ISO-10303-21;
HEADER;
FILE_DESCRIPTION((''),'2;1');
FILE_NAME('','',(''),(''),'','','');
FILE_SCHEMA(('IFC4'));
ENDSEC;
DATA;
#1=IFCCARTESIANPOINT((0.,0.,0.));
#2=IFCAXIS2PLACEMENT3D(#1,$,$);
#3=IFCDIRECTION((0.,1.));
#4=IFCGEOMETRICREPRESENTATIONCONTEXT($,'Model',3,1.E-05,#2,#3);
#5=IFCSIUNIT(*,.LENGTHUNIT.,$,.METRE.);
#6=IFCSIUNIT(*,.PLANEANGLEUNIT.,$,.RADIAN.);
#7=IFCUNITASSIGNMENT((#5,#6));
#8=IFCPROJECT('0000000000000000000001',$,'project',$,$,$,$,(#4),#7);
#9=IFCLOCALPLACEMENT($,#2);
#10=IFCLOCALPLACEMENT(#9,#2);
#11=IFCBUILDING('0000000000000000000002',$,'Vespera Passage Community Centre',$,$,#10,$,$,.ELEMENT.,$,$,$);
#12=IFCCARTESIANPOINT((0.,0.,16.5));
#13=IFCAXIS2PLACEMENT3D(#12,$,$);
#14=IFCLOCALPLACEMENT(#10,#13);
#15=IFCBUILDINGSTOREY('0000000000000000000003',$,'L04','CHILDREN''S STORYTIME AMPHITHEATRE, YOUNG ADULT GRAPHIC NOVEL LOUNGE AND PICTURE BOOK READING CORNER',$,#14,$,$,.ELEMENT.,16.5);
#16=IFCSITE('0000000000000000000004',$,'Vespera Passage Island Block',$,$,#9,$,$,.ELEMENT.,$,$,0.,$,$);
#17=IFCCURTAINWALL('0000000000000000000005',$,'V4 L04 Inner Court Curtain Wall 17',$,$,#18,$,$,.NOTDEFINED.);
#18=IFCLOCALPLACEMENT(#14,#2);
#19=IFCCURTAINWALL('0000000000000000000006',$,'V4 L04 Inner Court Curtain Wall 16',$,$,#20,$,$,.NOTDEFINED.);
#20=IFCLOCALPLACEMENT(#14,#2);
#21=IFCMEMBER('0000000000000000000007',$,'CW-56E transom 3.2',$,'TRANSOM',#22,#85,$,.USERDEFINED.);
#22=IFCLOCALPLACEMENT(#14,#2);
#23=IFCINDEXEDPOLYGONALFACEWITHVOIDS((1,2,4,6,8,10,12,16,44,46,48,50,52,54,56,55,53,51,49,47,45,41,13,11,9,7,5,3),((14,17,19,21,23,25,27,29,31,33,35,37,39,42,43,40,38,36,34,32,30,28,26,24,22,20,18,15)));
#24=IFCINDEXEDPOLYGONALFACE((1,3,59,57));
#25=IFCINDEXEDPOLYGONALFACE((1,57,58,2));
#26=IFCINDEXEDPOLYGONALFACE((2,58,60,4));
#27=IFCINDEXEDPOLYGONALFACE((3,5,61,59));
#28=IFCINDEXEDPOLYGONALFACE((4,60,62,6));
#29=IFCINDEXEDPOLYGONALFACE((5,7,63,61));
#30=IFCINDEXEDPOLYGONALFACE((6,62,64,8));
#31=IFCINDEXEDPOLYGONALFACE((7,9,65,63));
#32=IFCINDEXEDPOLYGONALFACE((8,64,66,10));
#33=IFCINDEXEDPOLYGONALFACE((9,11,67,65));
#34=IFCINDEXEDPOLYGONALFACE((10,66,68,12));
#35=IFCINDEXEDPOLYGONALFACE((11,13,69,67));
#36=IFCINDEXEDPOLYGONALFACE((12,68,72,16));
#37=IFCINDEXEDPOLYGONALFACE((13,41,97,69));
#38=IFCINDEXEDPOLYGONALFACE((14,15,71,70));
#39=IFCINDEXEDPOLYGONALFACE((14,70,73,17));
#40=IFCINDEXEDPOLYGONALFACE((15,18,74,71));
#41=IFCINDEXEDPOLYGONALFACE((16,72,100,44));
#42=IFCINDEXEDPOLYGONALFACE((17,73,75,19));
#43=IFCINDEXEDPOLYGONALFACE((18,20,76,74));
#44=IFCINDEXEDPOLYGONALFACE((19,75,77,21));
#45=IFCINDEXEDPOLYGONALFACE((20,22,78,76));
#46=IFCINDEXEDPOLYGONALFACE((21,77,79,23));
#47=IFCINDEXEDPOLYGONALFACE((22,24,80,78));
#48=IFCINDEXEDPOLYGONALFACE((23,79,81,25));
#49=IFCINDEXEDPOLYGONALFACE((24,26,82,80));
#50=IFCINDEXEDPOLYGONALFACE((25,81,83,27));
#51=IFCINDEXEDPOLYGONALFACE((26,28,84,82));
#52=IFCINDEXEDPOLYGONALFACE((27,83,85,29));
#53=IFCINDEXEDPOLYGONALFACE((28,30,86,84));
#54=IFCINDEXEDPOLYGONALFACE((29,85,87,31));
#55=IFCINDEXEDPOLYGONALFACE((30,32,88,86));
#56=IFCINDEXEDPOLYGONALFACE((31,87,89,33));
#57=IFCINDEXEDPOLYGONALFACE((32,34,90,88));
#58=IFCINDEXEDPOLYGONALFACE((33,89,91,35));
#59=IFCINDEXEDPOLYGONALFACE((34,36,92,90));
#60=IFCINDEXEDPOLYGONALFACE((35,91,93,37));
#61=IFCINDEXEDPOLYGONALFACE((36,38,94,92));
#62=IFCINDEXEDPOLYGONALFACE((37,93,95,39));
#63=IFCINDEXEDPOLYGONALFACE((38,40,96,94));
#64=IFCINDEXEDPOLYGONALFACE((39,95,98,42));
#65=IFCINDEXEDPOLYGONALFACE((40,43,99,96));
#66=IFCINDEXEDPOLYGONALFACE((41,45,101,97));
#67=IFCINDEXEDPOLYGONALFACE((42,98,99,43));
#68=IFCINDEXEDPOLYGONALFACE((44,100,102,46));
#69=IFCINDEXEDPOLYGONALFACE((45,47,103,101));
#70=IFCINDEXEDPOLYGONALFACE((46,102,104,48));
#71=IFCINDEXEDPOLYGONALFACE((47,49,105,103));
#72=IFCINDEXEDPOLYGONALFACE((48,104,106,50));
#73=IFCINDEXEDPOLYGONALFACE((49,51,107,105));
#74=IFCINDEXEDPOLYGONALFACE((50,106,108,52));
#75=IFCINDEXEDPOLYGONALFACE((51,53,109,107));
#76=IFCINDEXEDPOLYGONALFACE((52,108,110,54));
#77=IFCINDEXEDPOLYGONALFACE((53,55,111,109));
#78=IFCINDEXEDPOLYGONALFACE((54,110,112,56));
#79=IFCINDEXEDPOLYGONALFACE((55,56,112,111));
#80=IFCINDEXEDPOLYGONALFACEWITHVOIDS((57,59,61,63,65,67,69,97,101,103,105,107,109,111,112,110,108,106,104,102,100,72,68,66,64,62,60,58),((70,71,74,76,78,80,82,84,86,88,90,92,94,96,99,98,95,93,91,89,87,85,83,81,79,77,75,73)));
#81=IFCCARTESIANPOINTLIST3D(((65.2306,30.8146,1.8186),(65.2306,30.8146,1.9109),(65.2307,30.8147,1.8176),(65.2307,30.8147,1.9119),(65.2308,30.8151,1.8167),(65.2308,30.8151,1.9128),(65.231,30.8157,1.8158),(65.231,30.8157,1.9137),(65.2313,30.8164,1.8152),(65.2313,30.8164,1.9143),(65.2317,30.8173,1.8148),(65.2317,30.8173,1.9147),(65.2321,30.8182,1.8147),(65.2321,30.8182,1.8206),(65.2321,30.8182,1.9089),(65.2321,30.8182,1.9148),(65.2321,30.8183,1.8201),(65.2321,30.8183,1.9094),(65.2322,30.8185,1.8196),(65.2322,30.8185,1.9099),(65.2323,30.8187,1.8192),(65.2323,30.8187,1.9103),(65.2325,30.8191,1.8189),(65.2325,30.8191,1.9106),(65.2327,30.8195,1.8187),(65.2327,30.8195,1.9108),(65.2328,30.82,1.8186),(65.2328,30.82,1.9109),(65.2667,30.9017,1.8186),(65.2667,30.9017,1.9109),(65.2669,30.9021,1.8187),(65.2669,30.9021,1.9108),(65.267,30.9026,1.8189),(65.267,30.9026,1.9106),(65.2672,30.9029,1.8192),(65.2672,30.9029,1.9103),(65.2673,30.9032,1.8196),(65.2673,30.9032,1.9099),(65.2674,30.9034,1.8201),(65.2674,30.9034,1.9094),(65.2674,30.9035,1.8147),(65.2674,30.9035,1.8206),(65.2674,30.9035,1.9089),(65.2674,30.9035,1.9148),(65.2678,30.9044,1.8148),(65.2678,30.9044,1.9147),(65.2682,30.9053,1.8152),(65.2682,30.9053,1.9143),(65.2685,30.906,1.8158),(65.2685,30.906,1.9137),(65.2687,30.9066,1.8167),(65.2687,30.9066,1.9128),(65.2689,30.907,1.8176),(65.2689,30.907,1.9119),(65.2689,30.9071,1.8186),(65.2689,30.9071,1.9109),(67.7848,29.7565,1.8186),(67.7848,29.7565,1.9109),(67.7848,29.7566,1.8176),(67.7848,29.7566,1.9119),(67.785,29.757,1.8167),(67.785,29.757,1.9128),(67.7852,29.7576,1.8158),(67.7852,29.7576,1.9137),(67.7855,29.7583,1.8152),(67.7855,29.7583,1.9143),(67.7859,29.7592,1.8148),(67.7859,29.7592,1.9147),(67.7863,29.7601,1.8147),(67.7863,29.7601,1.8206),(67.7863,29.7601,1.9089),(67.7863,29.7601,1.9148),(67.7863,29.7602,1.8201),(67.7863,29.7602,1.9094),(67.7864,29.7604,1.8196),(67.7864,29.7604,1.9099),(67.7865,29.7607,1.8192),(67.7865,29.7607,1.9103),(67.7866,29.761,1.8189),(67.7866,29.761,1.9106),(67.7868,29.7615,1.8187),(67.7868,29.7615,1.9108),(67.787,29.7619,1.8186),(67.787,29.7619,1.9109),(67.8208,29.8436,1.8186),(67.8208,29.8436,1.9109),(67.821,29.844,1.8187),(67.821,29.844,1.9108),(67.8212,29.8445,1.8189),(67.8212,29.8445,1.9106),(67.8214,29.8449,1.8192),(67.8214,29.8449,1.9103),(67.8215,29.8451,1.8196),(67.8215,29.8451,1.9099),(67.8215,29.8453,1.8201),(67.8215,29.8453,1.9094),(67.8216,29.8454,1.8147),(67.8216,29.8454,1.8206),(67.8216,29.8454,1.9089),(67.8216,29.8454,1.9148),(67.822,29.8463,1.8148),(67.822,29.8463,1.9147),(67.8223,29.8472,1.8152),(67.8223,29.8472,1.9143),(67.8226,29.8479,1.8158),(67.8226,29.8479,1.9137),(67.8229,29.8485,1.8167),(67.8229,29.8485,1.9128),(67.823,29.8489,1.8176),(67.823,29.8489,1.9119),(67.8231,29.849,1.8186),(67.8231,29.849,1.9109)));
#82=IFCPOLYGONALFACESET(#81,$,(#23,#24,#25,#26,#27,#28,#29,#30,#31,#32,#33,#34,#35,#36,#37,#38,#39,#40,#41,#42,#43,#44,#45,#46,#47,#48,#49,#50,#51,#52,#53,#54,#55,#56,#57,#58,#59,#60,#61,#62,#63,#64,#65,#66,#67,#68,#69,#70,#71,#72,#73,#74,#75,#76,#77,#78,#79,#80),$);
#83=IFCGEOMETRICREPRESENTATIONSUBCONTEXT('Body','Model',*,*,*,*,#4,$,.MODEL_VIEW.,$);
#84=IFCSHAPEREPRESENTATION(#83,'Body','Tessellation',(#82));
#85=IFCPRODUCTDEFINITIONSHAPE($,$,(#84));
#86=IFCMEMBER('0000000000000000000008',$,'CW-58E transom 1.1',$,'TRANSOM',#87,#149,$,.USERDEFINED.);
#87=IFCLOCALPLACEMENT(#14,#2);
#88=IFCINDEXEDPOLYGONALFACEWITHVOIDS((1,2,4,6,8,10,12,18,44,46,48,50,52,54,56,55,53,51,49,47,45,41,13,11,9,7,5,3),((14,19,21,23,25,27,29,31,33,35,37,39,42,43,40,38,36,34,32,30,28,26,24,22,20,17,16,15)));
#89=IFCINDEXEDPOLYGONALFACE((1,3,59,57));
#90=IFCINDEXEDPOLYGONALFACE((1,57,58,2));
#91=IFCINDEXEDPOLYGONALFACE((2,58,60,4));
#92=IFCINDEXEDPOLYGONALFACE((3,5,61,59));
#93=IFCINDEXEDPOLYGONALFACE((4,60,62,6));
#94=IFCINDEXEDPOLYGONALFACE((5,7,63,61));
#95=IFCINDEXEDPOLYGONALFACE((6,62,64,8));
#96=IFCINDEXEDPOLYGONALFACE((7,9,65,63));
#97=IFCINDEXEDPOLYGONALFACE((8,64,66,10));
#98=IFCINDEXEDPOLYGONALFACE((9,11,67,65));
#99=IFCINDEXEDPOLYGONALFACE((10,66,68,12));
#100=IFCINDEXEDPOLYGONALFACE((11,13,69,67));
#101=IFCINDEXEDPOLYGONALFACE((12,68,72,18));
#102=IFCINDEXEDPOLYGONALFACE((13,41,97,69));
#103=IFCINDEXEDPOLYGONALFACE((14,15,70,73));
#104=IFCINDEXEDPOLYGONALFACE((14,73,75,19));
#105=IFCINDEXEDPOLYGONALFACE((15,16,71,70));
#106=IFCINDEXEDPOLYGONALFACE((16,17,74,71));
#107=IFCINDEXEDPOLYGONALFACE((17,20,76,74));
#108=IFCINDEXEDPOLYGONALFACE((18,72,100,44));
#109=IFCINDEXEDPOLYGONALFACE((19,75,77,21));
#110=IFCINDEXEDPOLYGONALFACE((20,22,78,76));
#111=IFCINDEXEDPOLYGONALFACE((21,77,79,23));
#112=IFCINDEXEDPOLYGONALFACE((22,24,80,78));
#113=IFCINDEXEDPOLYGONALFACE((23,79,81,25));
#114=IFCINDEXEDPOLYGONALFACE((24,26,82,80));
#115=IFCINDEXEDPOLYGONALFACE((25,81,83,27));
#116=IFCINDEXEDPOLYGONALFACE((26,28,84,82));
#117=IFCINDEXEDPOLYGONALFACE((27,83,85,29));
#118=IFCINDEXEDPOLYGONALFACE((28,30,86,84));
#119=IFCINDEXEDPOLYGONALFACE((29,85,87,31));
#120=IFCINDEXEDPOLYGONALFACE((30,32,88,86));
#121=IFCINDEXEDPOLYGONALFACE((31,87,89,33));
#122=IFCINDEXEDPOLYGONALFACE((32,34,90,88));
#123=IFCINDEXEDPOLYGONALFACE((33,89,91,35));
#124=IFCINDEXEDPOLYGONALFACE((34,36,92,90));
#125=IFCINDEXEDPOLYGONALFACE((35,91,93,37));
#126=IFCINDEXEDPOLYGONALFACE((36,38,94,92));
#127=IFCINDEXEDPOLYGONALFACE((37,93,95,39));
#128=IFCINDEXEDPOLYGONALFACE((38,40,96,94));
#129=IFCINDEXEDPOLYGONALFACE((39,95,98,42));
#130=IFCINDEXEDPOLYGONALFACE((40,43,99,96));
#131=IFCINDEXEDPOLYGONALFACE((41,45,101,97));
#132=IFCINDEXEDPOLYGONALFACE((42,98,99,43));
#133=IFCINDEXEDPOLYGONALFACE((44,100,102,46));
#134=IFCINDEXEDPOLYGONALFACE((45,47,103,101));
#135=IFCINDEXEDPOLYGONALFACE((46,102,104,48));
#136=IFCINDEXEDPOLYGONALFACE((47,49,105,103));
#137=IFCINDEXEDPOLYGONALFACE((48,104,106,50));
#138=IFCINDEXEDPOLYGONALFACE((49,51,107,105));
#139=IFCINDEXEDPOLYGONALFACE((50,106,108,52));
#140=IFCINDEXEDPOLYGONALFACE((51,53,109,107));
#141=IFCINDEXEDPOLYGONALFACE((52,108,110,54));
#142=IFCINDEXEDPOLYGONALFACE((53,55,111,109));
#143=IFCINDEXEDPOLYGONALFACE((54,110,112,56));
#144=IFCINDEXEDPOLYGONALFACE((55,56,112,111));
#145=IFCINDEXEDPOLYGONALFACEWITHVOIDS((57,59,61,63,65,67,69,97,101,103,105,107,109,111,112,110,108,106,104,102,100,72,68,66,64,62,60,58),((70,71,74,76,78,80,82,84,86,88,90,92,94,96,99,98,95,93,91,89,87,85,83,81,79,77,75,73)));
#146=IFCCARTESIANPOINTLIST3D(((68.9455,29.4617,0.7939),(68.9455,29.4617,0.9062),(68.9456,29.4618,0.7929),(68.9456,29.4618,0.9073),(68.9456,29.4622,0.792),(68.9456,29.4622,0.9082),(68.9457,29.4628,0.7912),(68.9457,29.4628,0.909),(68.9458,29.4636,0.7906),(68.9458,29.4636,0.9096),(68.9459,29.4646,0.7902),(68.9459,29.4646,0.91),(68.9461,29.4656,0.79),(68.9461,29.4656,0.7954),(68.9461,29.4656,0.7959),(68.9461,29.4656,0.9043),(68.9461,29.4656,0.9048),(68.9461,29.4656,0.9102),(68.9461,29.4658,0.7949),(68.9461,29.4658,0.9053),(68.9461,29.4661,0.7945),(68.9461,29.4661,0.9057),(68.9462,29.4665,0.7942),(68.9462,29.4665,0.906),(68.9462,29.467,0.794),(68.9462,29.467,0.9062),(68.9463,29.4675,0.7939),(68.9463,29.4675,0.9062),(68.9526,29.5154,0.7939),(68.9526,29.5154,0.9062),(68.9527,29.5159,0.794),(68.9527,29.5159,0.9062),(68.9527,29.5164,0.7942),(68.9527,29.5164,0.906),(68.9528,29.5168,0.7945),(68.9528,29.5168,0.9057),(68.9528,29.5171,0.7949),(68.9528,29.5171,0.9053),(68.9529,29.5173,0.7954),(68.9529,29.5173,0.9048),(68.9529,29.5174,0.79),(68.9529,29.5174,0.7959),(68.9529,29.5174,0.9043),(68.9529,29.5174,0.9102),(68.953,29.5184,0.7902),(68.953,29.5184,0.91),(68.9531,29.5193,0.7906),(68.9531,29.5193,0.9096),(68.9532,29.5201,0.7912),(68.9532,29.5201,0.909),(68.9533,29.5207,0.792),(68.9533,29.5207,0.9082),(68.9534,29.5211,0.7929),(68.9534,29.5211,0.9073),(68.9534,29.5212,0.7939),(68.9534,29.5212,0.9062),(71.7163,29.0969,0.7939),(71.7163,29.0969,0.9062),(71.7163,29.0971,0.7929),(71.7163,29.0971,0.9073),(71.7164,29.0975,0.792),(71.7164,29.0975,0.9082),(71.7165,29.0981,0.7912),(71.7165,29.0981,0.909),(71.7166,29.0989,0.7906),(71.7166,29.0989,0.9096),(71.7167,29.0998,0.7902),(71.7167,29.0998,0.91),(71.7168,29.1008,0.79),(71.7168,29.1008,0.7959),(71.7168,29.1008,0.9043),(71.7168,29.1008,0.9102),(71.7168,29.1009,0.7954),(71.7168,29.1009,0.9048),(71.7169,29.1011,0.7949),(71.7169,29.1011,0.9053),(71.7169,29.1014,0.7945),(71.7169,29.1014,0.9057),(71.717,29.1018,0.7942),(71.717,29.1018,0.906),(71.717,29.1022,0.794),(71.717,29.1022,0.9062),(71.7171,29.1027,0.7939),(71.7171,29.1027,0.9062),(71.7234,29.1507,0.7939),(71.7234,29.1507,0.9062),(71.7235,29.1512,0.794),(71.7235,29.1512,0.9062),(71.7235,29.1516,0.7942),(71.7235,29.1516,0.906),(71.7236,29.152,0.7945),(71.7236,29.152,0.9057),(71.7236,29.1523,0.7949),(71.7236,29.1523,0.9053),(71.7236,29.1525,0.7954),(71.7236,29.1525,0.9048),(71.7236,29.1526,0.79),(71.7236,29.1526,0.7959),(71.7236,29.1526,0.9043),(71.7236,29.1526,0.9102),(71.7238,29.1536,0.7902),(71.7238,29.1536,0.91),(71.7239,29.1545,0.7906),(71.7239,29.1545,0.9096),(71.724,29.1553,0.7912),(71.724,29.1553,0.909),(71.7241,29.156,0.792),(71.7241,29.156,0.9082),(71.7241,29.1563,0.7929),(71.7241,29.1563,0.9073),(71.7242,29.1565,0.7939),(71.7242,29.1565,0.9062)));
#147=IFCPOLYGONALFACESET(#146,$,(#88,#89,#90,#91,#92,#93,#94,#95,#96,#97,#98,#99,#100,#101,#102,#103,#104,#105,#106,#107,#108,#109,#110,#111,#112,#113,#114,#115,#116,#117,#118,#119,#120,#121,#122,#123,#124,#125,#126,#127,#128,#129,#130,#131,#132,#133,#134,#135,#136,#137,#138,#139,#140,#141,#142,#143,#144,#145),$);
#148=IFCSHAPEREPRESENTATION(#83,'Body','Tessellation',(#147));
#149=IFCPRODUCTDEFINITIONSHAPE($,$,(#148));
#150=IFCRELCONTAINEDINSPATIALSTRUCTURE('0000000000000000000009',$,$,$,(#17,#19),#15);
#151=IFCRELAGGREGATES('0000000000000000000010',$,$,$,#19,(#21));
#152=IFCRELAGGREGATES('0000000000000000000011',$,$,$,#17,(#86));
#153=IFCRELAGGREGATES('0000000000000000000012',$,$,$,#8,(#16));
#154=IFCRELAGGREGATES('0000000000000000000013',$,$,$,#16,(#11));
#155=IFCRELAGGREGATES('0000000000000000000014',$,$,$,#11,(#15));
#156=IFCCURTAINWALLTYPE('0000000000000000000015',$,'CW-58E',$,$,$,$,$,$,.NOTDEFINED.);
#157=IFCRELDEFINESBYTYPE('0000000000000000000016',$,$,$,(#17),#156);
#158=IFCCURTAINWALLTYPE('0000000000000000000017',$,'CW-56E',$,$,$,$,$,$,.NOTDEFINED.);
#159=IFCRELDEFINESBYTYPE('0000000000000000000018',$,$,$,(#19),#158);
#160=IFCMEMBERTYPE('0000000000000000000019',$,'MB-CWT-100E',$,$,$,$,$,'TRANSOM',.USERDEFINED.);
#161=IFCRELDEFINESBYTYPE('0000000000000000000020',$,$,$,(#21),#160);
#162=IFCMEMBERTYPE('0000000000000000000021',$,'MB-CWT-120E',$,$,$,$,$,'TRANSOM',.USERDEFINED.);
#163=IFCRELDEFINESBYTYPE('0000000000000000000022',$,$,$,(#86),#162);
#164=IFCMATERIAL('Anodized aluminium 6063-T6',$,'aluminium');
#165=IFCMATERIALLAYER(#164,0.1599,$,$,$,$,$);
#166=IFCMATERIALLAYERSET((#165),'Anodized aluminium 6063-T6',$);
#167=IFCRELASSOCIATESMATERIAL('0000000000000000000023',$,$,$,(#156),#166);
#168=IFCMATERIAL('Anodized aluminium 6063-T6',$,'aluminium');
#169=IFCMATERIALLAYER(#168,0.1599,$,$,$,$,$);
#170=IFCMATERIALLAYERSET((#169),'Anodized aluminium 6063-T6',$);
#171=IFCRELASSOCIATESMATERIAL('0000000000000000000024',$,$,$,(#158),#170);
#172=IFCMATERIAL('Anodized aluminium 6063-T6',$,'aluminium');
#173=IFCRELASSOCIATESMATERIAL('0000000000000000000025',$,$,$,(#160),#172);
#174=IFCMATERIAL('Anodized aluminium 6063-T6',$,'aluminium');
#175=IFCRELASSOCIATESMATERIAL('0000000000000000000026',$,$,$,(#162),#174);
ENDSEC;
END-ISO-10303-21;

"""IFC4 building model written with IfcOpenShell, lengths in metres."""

from ifc_helpers import new_model, si_unit, direction, frame, origin, origin_2d, place, context, subcontext, project, spatial, hollow_rectangle, extrude, material, layer, layer_set, material_profile, profile_set, type_object, element, aggregate, save


model = new_model("IFC4")

# Units and contexts
model_context = context("Model", 3, precision=1e-05, world=origin(), true_north=direction((0.0, 1.0)))
body_context = subcontext(model_context, "Body", "Model", "MODEL_VIEW")
ifc_project = project(units=[si_unit("LENGTHUNIT", "METRE"), si_unit("PLANEANGLEUNIT", "RADIAN")], contexts=[model_context])

# Site, building, storey
site_placement = place(None, origin())
site = spatial("IfcSite", under=ifc_project, at=site_placement, Name="Vespera Passage Island Block", CompositionType="ELEMENT", RefElevation=0.0)
building_placement = place(site_placement, origin())
building = spatial("IfcBuilding", under=site, at=building_placement, Name="Vespera Passage Community Centre", CompositionType="ELEMENT")
storey_placement = place(building_placement, frame((0.0, 0.0, 16.5)))
storey = spatial("IfcBuildingStorey", under=building, at=storey_placement, Name="L04", Description="CHILDREN'S STORYTIME AMPHITHEATRE, YOUNG ADULT GRAPHIC NOVEL LOUNGE AND PICTURE BOOK READING CORNER", CompositionType="ELEMENT", Elevation=16.5)

# Curtain walls, member
ifc_material_1 = material(Name="Anodized aluminium 6063-T6", Category="aluminium")
ifc_layer_1 = layer(ifc_material_1, 0.1599)
ifc_layer_set_1 = layer_set([ifc_layer_1], Name="Anodized aluminium 6063-T6")
curtain_wall_type_1 = type_object("IfcCurtainWallType", Name="CW-58E", PredefinedType="NOTDEFINED", material=ifc_layer_set_1)
curtain_wall_1_placement = place(storey_placement, origin())
curtain_wall_1 = element("IfcCurtainWall", 1, at=curtain_wall_1_placement, inside=storey, type_object=curtain_wall_type_1, Name="V4 L04 Inner Court Curtain Wall 17", PredefinedType="NOTDEFINED")
ifc_material_2 = material(Name="Anodized aluminium 6063-T6", Category="aluminium")
ifc_layer_2 = layer(ifc_material_2, 0.1599)
ifc_layer_set_2 = layer_set([ifc_layer_2], Name="Anodized aluminium 6063-T6")
curtain_wall_type_2 = type_object("IfcCurtainWallType", Name="CW-56E", PredefinedType="NOTDEFINED", material=ifc_layer_set_2)
curtain_wall_2_placement = place(storey_placement, origin())
curtain_wall_2 = element("IfcCurtainWall", 2, at=curtain_wall_2_placement, inside=storey, type_object=curtain_wall_type_2, Name="V4 L04 Inner Court Curtain Wall 16", PredefinedType="NOTDEFINED")
ifc_material_3 = material(Name="Anodized aluminium 6063-T6", Category="aluminium")
ifc_material_profile_1 = material_profile(ifc_material_3, hollow_rectangle(XDim=0.1001, YDim=0.1001, WallThickness=0.0039, InnerFilletRadius=0.002, OuterFilletRadius=0.0039, at=origin_2d()), Name="ALU100X100X4")
ifc_profile_set_1 = profile_set([ifc_material_profile_1], Name="Anodized aluminium 6063-T6")
member_type_1 = type_object("IfcMemberType", Name="MB-CWT-100E", ElementType="TRANSOM", PredefinedType="USERDEFINED", material=ifc_profile_set_1)
member_1_placement = place(storey_placement, frame((65.2498, 30.8608, 1.8647), z_axis=(0.923864, -0.382721, 0.0), x_axis=(0.382721, 0.923864, 0.0)))
member_1 = element("IfcMember", 3, at=member_1_placement, type_object=member_type_1, Name="CW-56E transom 3.2", ObjectType="TRANSOM", PredefinedType="USERDEFINED", context=body_context, shape_type="SweptSolid", body=[
    extrude(hollow_rectangle(XDim=0.1001, YDim=0.1001, WallThickness=0.0039, InnerFilletRadius=0.002, OuterFilletRadius=0.0039, at=origin_2d()), origin(), (0.0, 0.0, 1.0), 2.7646),
])

# Member
ifc_material_4 = material(Name="Anodized aluminium 6063-T6", Category="aluminium")
ifc_material_profile_2 = material_profile(ifc_material_4, hollow_rectangle(XDim=0.0601, YDim=0.1201, WallThickness=0.0039, InnerFilletRadius=0.002, OuterFilletRadius=0.0039, at=origin_2d()), Name="ALU120X60X4")
ifc_profile_set_2 = profile_set([ifc_material_profile_2], Name="Anodized aluminium 6063-T6")
member_type_2 = type_object("IfcMemberType", Name="MB-CWT-120E", ElementType="TRANSOM", PredefinedType="USERDEFINED", material=ifc_profile_set_2)
member_2_placement = place(storey_placement, frame((68.9495, 29.4915, 0.8501), z_axis=(0.991446, -0.130516, 0.0), x_axis=(0.130516, 0.991446, 0.0)))
member_2 = element("IfcMember", 4, at=member_2_placement, type_object=member_type_2, Name="CW-58E transom 1.1", ObjectType="TRANSOM", PredefinedType="USERDEFINED", context=body_context, shape_type="SweptSolid", body=[
    extrude(hollow_rectangle(XDim=0.0601, YDim=0.1201, WallThickness=0.0039, InnerFilletRadius=0.002, OuterFilletRadius=0.0039, at=origin_2d()), origin(), (0.0, 0.0, 1.0), 2.7947),
])

aggregate(curtain_wall_2, [member_1])
aggregate(curtain_wall_1, [member_2])

save(model, "model.ifc")
